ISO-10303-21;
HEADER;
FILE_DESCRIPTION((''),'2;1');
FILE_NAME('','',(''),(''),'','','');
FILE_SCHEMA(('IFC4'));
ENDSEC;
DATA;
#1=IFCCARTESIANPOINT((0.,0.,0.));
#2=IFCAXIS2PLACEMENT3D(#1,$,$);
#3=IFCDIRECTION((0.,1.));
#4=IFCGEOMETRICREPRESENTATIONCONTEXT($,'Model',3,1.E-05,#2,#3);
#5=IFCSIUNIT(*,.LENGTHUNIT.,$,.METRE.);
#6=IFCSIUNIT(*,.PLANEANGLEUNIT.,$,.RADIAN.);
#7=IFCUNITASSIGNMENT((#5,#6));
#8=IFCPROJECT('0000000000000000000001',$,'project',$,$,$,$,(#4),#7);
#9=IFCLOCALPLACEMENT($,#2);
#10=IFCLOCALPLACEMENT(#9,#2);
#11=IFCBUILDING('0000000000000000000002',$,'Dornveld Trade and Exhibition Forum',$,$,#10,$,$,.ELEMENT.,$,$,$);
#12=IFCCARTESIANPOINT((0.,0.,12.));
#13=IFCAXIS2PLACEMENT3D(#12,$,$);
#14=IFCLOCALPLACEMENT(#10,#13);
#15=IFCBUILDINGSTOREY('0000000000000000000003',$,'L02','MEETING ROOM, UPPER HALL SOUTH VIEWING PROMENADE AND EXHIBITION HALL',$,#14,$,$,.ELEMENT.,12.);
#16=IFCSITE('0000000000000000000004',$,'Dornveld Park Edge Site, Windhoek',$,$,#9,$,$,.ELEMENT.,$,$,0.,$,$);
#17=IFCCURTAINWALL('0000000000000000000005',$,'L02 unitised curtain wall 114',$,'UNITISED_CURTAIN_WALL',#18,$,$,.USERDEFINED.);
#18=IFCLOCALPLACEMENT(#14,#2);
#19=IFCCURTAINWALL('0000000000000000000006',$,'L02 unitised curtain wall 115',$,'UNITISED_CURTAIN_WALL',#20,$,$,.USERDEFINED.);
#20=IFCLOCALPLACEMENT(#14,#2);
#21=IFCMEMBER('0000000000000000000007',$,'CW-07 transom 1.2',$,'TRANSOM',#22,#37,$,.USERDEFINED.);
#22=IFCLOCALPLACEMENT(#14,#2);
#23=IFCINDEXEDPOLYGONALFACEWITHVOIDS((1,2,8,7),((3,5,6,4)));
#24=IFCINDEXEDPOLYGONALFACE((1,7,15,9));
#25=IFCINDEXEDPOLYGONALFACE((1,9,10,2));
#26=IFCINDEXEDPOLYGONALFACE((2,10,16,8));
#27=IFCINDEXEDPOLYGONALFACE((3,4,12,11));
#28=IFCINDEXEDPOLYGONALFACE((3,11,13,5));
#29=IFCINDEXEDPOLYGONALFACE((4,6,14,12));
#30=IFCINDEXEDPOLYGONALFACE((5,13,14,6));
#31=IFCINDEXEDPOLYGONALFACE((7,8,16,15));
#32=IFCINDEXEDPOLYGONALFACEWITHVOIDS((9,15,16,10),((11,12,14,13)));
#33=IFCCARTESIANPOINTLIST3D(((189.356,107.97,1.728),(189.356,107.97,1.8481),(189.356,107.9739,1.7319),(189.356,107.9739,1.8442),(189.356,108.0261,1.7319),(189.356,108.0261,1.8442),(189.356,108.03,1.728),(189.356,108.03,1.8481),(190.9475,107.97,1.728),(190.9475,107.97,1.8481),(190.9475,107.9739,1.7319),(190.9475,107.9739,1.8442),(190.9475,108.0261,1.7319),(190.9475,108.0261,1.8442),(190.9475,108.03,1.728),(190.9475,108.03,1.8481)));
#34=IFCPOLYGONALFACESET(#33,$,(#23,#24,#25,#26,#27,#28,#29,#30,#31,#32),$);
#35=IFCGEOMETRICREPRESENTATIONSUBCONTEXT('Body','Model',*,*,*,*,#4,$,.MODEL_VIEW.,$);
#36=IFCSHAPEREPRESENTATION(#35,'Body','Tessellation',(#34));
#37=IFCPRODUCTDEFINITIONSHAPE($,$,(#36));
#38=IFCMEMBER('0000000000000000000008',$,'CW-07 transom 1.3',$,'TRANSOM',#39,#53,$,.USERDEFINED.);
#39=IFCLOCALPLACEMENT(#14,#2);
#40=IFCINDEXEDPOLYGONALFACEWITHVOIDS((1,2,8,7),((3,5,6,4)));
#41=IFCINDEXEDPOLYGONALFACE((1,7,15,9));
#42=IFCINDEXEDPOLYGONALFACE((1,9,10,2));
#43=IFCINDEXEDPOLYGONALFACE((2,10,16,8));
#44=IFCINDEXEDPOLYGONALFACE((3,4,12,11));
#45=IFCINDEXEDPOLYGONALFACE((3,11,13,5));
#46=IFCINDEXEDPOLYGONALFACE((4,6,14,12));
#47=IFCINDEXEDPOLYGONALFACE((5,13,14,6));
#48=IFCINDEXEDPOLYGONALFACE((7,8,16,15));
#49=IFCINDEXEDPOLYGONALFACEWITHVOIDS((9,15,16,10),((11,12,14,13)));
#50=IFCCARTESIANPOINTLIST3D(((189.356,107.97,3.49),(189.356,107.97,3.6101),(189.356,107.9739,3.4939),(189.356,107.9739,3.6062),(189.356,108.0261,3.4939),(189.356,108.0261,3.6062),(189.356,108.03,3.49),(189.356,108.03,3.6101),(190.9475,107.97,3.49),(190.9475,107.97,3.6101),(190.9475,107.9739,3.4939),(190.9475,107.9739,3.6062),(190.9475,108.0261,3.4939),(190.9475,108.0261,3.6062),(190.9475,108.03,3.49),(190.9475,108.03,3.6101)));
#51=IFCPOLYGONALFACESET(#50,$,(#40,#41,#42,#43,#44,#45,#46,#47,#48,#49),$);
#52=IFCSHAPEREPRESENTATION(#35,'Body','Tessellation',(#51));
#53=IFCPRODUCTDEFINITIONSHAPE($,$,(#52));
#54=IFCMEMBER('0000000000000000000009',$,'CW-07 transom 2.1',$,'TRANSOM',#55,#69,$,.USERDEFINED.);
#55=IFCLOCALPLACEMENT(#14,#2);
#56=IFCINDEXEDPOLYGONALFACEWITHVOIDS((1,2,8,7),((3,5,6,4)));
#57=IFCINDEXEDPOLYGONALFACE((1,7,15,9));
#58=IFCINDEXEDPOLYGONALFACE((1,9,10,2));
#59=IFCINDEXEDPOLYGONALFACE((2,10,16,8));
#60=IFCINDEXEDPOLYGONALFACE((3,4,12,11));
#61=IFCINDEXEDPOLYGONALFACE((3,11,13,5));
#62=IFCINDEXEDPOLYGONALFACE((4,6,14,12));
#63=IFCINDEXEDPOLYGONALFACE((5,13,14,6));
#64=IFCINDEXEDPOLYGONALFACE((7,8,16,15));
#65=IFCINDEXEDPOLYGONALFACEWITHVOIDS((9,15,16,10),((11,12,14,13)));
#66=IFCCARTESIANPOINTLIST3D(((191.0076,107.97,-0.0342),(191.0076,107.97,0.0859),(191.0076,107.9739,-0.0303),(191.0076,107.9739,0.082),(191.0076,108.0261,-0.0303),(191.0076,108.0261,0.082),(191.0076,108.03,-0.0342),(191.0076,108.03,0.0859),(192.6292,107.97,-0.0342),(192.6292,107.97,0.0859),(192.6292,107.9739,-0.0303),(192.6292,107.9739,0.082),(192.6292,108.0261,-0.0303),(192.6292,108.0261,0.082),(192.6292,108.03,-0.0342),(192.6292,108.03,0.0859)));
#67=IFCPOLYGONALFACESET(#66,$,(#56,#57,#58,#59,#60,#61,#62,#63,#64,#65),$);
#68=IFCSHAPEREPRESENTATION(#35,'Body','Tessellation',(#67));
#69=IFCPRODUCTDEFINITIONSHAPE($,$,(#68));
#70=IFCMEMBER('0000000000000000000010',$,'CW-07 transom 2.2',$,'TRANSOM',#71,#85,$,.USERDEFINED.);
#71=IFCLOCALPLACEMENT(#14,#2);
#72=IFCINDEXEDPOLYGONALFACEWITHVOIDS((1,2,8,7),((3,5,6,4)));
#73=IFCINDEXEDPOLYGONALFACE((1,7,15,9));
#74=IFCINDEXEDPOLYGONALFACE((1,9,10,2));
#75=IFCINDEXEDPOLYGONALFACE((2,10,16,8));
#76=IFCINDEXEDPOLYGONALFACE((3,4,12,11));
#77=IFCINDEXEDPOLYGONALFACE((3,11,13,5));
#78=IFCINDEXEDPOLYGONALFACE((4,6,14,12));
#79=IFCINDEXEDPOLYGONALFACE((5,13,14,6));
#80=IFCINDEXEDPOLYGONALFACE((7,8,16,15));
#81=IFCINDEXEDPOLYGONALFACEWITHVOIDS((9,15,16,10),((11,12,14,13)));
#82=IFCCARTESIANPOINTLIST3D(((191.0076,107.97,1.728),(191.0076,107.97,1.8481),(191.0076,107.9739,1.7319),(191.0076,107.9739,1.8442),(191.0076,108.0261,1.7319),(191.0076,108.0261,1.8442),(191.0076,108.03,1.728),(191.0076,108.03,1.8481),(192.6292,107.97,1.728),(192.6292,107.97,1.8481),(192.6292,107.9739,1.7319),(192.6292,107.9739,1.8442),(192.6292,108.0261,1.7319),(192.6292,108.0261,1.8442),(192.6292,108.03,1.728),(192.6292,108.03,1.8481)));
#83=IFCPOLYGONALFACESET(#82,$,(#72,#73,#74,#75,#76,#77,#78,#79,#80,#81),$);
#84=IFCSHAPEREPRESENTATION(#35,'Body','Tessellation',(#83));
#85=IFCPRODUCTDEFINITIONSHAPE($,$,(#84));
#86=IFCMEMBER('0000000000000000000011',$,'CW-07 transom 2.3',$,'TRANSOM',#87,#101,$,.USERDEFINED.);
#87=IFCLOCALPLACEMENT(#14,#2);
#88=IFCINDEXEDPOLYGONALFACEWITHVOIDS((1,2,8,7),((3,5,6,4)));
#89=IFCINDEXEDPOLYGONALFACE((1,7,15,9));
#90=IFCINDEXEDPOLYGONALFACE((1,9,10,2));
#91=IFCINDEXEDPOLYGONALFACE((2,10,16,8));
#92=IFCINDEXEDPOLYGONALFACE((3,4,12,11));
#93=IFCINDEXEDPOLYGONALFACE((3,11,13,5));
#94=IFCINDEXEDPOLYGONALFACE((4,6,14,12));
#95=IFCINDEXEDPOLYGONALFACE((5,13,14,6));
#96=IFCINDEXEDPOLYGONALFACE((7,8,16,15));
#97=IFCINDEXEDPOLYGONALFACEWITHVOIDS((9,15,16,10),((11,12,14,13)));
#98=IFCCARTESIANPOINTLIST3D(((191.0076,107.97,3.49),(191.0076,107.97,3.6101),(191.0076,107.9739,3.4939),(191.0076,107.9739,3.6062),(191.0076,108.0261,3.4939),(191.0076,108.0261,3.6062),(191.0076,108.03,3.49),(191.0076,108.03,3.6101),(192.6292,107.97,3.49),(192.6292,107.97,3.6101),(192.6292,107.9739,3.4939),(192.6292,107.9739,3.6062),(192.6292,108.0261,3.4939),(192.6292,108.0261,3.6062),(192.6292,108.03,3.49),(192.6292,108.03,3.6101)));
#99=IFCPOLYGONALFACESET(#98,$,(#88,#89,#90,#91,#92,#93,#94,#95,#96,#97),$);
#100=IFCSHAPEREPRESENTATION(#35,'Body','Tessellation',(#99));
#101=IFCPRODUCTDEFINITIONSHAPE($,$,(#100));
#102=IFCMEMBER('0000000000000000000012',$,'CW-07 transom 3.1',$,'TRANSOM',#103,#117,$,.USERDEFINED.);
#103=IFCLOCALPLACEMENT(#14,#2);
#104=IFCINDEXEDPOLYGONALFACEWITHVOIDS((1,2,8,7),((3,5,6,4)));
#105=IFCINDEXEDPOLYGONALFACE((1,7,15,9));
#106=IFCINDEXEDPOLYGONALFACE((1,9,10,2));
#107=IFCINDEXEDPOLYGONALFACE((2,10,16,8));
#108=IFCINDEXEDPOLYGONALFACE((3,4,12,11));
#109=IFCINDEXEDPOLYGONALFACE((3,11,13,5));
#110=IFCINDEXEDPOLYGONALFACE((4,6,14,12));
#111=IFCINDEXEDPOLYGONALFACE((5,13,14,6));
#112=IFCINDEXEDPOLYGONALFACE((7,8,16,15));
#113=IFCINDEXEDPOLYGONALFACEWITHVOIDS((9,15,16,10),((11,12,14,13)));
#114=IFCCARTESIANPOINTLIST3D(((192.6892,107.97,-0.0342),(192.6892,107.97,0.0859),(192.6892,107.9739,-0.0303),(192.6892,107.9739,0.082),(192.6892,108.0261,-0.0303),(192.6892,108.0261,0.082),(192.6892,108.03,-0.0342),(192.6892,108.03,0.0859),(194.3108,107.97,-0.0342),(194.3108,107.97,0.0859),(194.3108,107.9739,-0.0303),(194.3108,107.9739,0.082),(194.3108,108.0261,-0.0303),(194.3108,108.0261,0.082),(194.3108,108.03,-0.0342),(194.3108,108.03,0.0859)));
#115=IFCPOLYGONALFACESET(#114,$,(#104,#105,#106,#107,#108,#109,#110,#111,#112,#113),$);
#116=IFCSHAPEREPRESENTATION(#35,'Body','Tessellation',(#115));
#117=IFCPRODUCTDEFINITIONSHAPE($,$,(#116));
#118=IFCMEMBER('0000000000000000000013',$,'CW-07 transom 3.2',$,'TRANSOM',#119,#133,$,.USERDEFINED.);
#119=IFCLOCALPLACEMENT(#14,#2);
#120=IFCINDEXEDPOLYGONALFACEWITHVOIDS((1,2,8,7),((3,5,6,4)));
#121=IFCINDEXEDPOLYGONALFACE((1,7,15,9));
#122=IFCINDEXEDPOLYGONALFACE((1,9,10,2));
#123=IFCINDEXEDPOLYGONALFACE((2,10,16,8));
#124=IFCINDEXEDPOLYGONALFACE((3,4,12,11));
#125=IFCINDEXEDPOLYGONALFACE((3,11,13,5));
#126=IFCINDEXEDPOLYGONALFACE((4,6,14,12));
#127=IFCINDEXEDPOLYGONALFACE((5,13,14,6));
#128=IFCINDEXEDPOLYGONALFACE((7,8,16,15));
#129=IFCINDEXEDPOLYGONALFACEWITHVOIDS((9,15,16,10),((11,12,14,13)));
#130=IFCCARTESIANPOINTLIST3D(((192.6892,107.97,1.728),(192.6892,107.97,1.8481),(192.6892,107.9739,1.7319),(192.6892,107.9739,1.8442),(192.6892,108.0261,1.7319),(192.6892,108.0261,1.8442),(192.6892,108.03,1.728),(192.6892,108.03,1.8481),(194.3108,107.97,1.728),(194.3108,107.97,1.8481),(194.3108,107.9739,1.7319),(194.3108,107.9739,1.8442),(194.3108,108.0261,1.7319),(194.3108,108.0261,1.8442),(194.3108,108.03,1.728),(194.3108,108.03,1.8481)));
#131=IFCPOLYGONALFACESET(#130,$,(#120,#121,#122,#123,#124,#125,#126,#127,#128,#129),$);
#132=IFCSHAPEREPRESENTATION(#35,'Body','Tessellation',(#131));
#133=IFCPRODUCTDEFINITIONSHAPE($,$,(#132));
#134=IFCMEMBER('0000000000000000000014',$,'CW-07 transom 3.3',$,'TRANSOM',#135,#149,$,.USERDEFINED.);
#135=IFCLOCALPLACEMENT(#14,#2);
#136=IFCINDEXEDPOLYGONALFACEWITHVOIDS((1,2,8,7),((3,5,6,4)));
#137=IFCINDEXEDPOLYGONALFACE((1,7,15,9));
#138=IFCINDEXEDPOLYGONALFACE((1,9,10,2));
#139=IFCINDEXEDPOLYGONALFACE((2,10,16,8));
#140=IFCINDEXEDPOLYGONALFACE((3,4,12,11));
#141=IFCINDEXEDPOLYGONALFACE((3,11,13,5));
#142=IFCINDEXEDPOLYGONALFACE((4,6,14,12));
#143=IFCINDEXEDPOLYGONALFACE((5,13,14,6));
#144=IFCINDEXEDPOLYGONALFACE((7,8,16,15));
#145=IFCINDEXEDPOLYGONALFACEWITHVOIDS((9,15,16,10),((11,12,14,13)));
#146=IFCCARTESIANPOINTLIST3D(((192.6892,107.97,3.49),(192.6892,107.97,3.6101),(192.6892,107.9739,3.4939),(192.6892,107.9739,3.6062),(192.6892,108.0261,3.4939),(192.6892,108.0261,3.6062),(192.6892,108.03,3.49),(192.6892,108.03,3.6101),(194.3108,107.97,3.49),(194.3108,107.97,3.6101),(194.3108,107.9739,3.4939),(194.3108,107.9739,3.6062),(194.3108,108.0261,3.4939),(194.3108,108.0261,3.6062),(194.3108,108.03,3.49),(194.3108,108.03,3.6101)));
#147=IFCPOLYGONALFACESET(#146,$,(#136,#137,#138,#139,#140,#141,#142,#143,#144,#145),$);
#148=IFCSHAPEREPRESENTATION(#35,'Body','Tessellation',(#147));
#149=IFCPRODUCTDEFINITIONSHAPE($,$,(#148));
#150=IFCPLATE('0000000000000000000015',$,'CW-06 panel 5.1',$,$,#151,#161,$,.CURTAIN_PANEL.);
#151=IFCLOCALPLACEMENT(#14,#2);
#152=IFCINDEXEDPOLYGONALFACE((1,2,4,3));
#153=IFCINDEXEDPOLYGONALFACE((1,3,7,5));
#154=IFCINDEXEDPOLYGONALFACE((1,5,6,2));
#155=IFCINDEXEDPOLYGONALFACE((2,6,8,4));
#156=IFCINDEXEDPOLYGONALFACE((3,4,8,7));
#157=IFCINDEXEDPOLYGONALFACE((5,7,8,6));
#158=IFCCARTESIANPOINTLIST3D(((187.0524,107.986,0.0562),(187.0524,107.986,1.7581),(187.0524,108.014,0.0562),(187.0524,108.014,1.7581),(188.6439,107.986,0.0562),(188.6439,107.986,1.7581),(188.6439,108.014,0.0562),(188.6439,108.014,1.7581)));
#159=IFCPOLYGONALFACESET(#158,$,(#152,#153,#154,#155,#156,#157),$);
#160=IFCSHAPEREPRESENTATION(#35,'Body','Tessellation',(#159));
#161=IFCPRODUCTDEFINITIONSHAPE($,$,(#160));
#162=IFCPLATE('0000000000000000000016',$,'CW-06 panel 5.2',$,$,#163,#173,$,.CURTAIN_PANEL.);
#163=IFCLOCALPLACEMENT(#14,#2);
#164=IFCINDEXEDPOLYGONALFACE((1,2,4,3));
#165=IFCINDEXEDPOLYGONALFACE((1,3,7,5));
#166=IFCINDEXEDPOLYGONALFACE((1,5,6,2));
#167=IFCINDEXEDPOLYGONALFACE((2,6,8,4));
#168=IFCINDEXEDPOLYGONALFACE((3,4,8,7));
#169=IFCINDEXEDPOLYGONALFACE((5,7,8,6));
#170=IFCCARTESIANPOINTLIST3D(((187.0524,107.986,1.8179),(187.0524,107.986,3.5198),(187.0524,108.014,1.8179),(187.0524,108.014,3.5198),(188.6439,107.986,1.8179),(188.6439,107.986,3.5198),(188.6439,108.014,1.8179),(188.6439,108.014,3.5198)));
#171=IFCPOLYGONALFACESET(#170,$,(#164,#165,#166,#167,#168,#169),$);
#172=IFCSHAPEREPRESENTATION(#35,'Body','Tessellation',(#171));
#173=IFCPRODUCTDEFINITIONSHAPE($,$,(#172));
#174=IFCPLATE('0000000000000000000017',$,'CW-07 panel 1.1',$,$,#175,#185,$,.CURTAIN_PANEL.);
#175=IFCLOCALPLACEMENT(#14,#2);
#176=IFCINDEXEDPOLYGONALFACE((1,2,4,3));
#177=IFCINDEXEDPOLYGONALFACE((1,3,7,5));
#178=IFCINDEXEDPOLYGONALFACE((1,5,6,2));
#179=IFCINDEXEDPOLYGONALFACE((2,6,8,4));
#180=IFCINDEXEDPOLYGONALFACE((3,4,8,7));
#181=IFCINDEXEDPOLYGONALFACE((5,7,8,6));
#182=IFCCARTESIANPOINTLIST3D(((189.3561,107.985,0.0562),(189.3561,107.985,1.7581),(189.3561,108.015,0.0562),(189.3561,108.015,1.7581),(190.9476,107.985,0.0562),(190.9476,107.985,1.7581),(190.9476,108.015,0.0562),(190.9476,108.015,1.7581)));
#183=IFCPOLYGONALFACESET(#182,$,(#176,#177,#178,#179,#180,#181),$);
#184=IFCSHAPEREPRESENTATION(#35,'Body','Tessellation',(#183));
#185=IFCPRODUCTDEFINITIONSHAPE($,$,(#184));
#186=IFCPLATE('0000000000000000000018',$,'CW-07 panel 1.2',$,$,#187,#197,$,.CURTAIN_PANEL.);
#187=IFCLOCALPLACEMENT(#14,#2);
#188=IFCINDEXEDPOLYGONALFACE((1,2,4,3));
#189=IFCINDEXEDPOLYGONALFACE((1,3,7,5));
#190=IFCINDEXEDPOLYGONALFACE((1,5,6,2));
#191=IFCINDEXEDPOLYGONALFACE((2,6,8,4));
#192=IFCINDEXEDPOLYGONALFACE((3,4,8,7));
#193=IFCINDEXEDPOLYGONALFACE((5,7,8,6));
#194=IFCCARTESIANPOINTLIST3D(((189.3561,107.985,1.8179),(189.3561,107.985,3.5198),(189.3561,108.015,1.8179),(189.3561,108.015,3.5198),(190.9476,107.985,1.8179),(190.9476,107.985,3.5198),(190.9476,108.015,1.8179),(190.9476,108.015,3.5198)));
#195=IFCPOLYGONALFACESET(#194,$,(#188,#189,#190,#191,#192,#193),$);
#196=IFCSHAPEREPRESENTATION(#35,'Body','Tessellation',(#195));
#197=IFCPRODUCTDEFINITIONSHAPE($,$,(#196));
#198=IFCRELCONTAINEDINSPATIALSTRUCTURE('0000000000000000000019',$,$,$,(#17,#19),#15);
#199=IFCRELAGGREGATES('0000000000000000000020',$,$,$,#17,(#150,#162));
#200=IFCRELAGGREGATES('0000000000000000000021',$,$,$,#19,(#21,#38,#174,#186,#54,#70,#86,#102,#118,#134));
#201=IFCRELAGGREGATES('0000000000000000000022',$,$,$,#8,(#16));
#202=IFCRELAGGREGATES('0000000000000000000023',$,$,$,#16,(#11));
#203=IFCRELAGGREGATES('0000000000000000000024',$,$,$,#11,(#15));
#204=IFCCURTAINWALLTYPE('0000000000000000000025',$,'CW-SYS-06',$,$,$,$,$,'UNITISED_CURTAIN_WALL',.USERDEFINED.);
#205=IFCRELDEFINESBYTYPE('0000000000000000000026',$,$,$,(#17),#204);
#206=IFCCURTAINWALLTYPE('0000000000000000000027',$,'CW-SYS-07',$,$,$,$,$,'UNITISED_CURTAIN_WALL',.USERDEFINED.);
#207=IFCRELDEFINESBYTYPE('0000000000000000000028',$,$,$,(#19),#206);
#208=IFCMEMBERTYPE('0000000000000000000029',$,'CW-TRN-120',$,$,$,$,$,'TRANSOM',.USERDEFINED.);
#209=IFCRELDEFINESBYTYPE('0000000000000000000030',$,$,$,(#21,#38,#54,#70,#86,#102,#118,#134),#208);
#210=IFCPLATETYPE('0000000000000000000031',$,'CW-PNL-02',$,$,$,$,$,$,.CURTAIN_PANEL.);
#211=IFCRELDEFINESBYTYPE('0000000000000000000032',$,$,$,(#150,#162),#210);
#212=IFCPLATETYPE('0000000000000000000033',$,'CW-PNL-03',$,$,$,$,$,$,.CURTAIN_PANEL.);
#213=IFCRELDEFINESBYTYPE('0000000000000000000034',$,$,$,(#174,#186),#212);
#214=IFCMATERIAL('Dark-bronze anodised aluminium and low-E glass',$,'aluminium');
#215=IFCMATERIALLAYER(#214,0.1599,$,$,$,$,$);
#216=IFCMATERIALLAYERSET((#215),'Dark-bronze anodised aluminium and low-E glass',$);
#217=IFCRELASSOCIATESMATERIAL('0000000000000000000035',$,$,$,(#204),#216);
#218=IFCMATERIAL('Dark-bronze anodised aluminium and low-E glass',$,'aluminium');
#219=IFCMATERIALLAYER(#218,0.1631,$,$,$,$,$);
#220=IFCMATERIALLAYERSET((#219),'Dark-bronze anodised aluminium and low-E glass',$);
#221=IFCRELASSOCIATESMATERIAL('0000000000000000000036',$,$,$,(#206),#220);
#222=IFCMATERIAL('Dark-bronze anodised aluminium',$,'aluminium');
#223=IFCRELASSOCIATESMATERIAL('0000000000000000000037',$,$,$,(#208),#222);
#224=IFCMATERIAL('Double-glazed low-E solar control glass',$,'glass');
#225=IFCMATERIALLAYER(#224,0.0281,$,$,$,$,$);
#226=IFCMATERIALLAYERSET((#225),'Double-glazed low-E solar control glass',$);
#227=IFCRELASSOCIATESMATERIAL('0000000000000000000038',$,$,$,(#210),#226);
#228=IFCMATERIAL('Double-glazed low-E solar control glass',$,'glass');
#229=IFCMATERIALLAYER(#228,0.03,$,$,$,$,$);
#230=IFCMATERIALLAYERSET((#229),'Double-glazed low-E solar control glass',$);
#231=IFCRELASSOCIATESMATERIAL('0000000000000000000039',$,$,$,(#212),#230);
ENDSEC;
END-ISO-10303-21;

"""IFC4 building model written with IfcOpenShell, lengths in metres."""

from ifc_helpers import new_model, si_unit, direction, frame, origin, origin_2d, place, context, subcontext, project, spatial, rectangle, hollow_rectangle, extrude, material, layer, layer_set, material_profile, profile_set, type_object, element, aggregate, save


model = new_model("IFC4")

# Units and contexts
model_context = context("Model", 3, precision=1e-05, world=origin(), true_north=direction((0.0, 1.0)))
body_context = subcontext(model_context, "Body", "Model", "MODEL_VIEW")
ifc_project = project(units=[si_unit("LENGTHUNIT", "METRE"), si_unit("PLANEANGLEUNIT", "RADIAN")], contexts=[model_context])

# Site, building, storey
site_placement = place(None, origin())
site = spatial("IfcSite", under=ifc_project, at=site_placement, Name="Dornveld Park Edge Site, Windhoek", CompositionType="ELEMENT", RefElevation=0.0)
building_placement = place(site_placement, origin())
building = spatial("IfcBuilding", under=site, at=building_placement, Name="Dornveld Trade and Exhibition Forum", CompositionType="ELEMENT")
storey_placement = place(building_placement, frame((0.0, 0.0, 12.0)))
storey = spatial("IfcBuildingStorey", under=building, at=storey_placement, Name="L02", Description="MEETING ROOM, UPPER HALL SOUTH VIEWING PROMENADE AND EXHIBITION HALL", CompositionType="ELEMENT", Elevation=12.0)

# Curtain walls
ifc_material_1 = material(Name="Dark-bronze anodised aluminium and low-E glass", Category="aluminium")
ifc_layer_1 = layer(ifc_material_1, 0.1599)
ifc_layer_set_1 = layer_set([ifc_layer_1], Name="Dark-bronze anodised aluminium and low-E glass")
curtain_wall_type_1 = type_object("IfcCurtainWallType", Name="CW-SYS-06", ElementType="UNITISED_CURTAIN_WALL", PredefinedType="USERDEFINED", material=ifc_layer_set_1)
curtain_wall_1_placement = place(storey_placement, origin())
curtain_wall_1 = element("IfcCurtainWall", 1, at=curtain_wall_1_placement, inside=storey, type_object=curtain_wall_type_1, Name="L02 unitised curtain wall 114", ObjectType="UNITISED_CURTAIN_WALL", PredefinedType="USERDEFINED")
ifc_material_2 = material(Name="Dark-bronze anodised aluminium and low-E glass", Category="aluminium")
ifc_layer_2 = layer(ifc_material_2, 0.1631)
ifc_layer_set_2 = layer_set([ifc_layer_2], Name="Dark-bronze anodised aluminium and low-E glass")
curtain_wall_type_2 = type_object("IfcCurtainWallType", Name="CW-SYS-07", ElementType="UNITISED_CURTAIN_WALL", PredefinedType="USERDEFINED", material=ifc_layer_set_2)
curtain_wall_2_placement = place(storey_placement, origin())
curtain_wall_2 = element("IfcCurtainWall", 2, at=curtain_wall_2_placement, inside=storey, type_object=curtain_wall_type_2, Name="L02 unitised curtain wall 115", ObjectType="UNITISED_CURTAIN_WALL", PredefinedType="USERDEFINED")

# Members
ifc_material_3 = material(Name="Dark-bronze anodised aluminium", Category="aluminium")
ifc_material_profile_1 = material_profile(ifc_material_3, hollow_rectangle(XDim=0.0601, YDim=0.1201, WallThickness=0.0039, at=origin_2d()), Name="RHS 120x60x4")
ifc_profile_set_1 = profile_set([ifc_material_profile_1], Name="Dark-bronze anodised aluminium")
member_type_1 = type_object("IfcMemberType", Name="CW-TRN-120", ElementType="TRANSOM", PredefinedType="USERDEFINED", material=ifc_profile_set_1)
member_1_placement = place(storey_placement, frame((189.356, 108.0, 1.7881), z_axis=(1.0, 0.0, 0.0), x_axis=(0.0, 1.0, 0.0)))
member_1 = element("IfcMember", 3, at=member_1_placement, type_object=member_type_1, Name="CW-07 transom 1.2", ObjectType="TRANSOM", PredefinedType="USERDEFINED", context=body_context, shape_type="SweptSolid", body=[
    extrude(hollow_rectangle(XDim=0.0601, YDim=0.1201, WallThickness=0.0039, at=origin_2d()), origin(), (0.0, 0.0, 1.0), 1.5916),
])
member_2_placement = place(storey_placement, frame((189.356, 108.0, 3.55), z_axis=(1.0, 0.0, 0.0), x_axis=(0.0, 1.0, 0.0)))
member_2 = element("IfcMember", 4, at=member_2_placement, type_object=member_type_1, Name="CW-07 transom 1.3", ObjectType="TRANSOM", PredefinedType="USERDEFINED", context=body_context, shape_type="SweptSolid", body=[
    extrude(hollow_rectangle(XDim=0.0601, YDim=0.1201, WallThickness=0.0039, at=origin_2d()), origin(), (0.0, 0.0, 1.0), 1.5916),
])
member_3_placement = place(storey_placement, frame((191.0076, 108.0, 0.0259), z_axis=(1.0, 0.0, 0.0), x_axis=(0.0, 1.0, 0.0)))
member_3 = element("IfcMember", 5, at=member_3_placement, type_object=member_type_1, Name="CW-07 transom 2.1", ObjectType="TRANSOM", PredefinedType="USERDEFINED", context=body_context, shape_type="SweptSolid", body=[
    extrude(hollow_rectangle(XDim=0.0601, YDim=0.1201, WallThickness=0.0039, at=origin_2d()), origin(), (0.0, 0.0, 1.0), 1.6216),
])
member_4_placement = place(storey_placement, frame((191.0076, 108.0, 1.7881), z_axis=(1.0, 0.0, 0.0), x_axis=(0.0, 1.0, 0.0)))
member_4 = element("IfcMember", 6, at=member_4_placement, type_object=member_type_1, Name="CW-07 transom 2.2", ObjectType="TRANSOM", PredefinedType="USERDEFINED", context=body_context, shape_type="SweptSolid", body=[
    extrude(hollow_rectangle(XDim=0.0601, YDim=0.1201, WallThickness=0.0039, at=origin_2d()), origin(), (0.0, 0.0, 1.0), 1.6216),
])
member_5_placement = place(storey_placement, frame((191.0076, 108.0, 3.55), z_axis=(1.0, 0.0, 0.0), x_axis=(0.0, 1.0, 0.0)))
member_5 = element("IfcMember", 7, at=member_5_placement, type_object=member_type_1, Name="CW-07 transom 2.3", ObjectType="TRANSOM", PredefinedType="USERDEFINED", context=body_context, shape_type="SweptSolid", body=[
    extrude(hollow_rectangle(XDim=0.0601, YDim=0.1201, WallThickness=0.0039, at=origin_2d()), origin(), (0.0, 0.0, 1.0), 1.6216),
])
member_6_placement = place(storey_placement, frame((192.6892, 108.0, 0.0259), z_axis=(1.0, 0.0, 0.0), x_axis=(0.0, 1.0, 0.0)))
member_6 = element("IfcMember", 8, at=member_6_placement, type_object=member_type_1, Name="CW-07 transom 3.1", ObjectType="TRANSOM", PredefinedType="USERDEFINED", context=body_context, shape_type="SweptSolid", body=[
    extrude(hollow_rectangle(XDim=0.0601, YDim=0.1201, WallThickness=0.0039, at=origin_2d()), origin(), (0.0, 0.0, 1.0), 1.6216),
])
member_7_placement = place(storey_placement, frame((192.6892, 108.0, 1.7881), z_axis=(1.0, 0.0, 0.0), x_axis=(0.0, 1.0, 0.0)))
member_7 = element("IfcMember", 9, at=member_7_placement, type_object=member_type_1, Name="CW-07 transom 3.2", ObjectType="TRANSOM", PredefinedType="USERDEFINED", context=body_context, shape_type="SweptSolid", body=[
    extrude(hollow_rectangle(XDim=0.0601, YDim=0.1201, WallThickness=0.0039, at=origin_2d()), origin(), (0.0, 0.0, 1.0), 1.6216),
])
member_8_placement = place(storey_placement, frame((192.6892, 108.0, 3.55), z_axis=(1.0, 0.0, 0.0), x_axis=(0.0, 1.0, 0.0)))
member_8 = element("IfcMember", 10, at=member_8_placement, type_object=member_type_1, Name="CW-07 transom 3.3", ObjectType="TRANSOM", PredefinedType="USERDEFINED", context=body_context, shape_type="SweptSolid", body=[
    extrude(hollow_rectangle(XDim=0.0601, YDim=0.1201, WallThickness=0.0039, at=origin_2d()), origin(), (0.0, 0.0, 1.0), 1.6216),
])

# Plates
ifc_material_4 = material(Name="Double-glazed low-E solar control glass", Category="glass")
ifc_layer_3 = layer(ifc_material_4, 0.0281)
ifc_layer_set_3 = layer_set([ifc_layer_3], Name="Double-glazed low-E solar control glass")
plate_type_1 = type_object("IfcPlateType", Name="CW-PNL-02", PredefinedType="CURTAIN_PANEL", material=ifc_layer_set_3)
plate_1_placement = place(storey_placement, frame((187.8481, 108.0, 0.0562), z_axis=(0.0, 0.0, 1.0), x_axis=(1.0, 0.0, 0.0)))
plate_1 = element("IfcPlate", 11, at=plate_1_placement, type_object=plate_type_1, Name="CW-06 panel 5.1", PredefinedType="CURTAIN_PANEL", context=body_context, shape_type="SweptSolid", body=[
    extrude(rectangle(XDim=1.5916, YDim=0.0281, at=origin_2d()), origin(), (0.0, 0.0, 1.0), 1.7019),
])
plate_2_placement = place(storey_placement, frame((187.8481, 108.0, 1.8179), z_axis=(0.0, 0.0, 1.0), x_axis=(1.0, 0.0, 0.0)))
plate_2 = element("IfcPlate", 12, at=plate_2_placement, type_object=plate_type_1, Name="CW-06 panel 5.2", PredefinedType="CURTAIN_PANEL", context=body_context, shape_type="SweptSolid", body=[
    extrude(rectangle(XDim=1.5916, YDim=0.0281, at=origin_2d()), origin(), (0.0, 0.0, 1.0), 1.7019),
])
aggregate(curtain_wall_1, [plate_1, plate_2])
ifc_material_5 = material(Name="Double-glazed low-E solar control glass", Category="glass")
ifc_layer_4 = layer(ifc_material_5, 0.03)
ifc_layer_set_4 = layer_set([ifc_layer_4], Name="Double-glazed low-E solar control glass")
plate_type_2 = type_object("IfcPlateType", Name="CW-PNL-03", PredefinedType="CURTAIN_PANEL", material=ifc_layer_set_4)
plate_3_placement = place(storey_placement, frame((190.1519, 108.0, 0.0562), z_axis=(0.0, 0.0, 1.0), x_axis=(1.0, 0.0, 0.0)))
plate_3 = element("IfcPlate", 13, at=plate_3_placement, type_object=plate_type_2, Name="CW-07 panel 1.1", PredefinedType="CURTAIN_PANEL", context=body_context, shape_type="SweptSolid", body=[
    extrude(rectangle(XDim=1.5916, YDim=0.03, at=origin_2d()), origin(), (0.0, 0.0, 1.0), 1.7019),
])
plate_4_placement = place(storey_placement, frame((190.1519, 108.0, 1.8179), z_axis=(0.0, 0.0, 1.0), x_axis=(1.0, 0.0, 0.0)))
plate_4 = element("IfcPlate", 14, at=plate_4_placement, type_object=plate_type_2, Name="CW-07 panel 1.2", PredefinedType="CURTAIN_PANEL", context=body_context, shape_type="SweptSolid", body=[
    extrude(rectangle(XDim=1.5916, YDim=0.03, at=origin_2d()), origin(), (0.0, 0.0, 1.0), 1.7019),
])
aggregate(curtain_wall_2, [member_1, member_2, plate_3, plate_4, member_3, member_4, member_5, member_6, member_7, member_8])

save(model, "model.ifc")
